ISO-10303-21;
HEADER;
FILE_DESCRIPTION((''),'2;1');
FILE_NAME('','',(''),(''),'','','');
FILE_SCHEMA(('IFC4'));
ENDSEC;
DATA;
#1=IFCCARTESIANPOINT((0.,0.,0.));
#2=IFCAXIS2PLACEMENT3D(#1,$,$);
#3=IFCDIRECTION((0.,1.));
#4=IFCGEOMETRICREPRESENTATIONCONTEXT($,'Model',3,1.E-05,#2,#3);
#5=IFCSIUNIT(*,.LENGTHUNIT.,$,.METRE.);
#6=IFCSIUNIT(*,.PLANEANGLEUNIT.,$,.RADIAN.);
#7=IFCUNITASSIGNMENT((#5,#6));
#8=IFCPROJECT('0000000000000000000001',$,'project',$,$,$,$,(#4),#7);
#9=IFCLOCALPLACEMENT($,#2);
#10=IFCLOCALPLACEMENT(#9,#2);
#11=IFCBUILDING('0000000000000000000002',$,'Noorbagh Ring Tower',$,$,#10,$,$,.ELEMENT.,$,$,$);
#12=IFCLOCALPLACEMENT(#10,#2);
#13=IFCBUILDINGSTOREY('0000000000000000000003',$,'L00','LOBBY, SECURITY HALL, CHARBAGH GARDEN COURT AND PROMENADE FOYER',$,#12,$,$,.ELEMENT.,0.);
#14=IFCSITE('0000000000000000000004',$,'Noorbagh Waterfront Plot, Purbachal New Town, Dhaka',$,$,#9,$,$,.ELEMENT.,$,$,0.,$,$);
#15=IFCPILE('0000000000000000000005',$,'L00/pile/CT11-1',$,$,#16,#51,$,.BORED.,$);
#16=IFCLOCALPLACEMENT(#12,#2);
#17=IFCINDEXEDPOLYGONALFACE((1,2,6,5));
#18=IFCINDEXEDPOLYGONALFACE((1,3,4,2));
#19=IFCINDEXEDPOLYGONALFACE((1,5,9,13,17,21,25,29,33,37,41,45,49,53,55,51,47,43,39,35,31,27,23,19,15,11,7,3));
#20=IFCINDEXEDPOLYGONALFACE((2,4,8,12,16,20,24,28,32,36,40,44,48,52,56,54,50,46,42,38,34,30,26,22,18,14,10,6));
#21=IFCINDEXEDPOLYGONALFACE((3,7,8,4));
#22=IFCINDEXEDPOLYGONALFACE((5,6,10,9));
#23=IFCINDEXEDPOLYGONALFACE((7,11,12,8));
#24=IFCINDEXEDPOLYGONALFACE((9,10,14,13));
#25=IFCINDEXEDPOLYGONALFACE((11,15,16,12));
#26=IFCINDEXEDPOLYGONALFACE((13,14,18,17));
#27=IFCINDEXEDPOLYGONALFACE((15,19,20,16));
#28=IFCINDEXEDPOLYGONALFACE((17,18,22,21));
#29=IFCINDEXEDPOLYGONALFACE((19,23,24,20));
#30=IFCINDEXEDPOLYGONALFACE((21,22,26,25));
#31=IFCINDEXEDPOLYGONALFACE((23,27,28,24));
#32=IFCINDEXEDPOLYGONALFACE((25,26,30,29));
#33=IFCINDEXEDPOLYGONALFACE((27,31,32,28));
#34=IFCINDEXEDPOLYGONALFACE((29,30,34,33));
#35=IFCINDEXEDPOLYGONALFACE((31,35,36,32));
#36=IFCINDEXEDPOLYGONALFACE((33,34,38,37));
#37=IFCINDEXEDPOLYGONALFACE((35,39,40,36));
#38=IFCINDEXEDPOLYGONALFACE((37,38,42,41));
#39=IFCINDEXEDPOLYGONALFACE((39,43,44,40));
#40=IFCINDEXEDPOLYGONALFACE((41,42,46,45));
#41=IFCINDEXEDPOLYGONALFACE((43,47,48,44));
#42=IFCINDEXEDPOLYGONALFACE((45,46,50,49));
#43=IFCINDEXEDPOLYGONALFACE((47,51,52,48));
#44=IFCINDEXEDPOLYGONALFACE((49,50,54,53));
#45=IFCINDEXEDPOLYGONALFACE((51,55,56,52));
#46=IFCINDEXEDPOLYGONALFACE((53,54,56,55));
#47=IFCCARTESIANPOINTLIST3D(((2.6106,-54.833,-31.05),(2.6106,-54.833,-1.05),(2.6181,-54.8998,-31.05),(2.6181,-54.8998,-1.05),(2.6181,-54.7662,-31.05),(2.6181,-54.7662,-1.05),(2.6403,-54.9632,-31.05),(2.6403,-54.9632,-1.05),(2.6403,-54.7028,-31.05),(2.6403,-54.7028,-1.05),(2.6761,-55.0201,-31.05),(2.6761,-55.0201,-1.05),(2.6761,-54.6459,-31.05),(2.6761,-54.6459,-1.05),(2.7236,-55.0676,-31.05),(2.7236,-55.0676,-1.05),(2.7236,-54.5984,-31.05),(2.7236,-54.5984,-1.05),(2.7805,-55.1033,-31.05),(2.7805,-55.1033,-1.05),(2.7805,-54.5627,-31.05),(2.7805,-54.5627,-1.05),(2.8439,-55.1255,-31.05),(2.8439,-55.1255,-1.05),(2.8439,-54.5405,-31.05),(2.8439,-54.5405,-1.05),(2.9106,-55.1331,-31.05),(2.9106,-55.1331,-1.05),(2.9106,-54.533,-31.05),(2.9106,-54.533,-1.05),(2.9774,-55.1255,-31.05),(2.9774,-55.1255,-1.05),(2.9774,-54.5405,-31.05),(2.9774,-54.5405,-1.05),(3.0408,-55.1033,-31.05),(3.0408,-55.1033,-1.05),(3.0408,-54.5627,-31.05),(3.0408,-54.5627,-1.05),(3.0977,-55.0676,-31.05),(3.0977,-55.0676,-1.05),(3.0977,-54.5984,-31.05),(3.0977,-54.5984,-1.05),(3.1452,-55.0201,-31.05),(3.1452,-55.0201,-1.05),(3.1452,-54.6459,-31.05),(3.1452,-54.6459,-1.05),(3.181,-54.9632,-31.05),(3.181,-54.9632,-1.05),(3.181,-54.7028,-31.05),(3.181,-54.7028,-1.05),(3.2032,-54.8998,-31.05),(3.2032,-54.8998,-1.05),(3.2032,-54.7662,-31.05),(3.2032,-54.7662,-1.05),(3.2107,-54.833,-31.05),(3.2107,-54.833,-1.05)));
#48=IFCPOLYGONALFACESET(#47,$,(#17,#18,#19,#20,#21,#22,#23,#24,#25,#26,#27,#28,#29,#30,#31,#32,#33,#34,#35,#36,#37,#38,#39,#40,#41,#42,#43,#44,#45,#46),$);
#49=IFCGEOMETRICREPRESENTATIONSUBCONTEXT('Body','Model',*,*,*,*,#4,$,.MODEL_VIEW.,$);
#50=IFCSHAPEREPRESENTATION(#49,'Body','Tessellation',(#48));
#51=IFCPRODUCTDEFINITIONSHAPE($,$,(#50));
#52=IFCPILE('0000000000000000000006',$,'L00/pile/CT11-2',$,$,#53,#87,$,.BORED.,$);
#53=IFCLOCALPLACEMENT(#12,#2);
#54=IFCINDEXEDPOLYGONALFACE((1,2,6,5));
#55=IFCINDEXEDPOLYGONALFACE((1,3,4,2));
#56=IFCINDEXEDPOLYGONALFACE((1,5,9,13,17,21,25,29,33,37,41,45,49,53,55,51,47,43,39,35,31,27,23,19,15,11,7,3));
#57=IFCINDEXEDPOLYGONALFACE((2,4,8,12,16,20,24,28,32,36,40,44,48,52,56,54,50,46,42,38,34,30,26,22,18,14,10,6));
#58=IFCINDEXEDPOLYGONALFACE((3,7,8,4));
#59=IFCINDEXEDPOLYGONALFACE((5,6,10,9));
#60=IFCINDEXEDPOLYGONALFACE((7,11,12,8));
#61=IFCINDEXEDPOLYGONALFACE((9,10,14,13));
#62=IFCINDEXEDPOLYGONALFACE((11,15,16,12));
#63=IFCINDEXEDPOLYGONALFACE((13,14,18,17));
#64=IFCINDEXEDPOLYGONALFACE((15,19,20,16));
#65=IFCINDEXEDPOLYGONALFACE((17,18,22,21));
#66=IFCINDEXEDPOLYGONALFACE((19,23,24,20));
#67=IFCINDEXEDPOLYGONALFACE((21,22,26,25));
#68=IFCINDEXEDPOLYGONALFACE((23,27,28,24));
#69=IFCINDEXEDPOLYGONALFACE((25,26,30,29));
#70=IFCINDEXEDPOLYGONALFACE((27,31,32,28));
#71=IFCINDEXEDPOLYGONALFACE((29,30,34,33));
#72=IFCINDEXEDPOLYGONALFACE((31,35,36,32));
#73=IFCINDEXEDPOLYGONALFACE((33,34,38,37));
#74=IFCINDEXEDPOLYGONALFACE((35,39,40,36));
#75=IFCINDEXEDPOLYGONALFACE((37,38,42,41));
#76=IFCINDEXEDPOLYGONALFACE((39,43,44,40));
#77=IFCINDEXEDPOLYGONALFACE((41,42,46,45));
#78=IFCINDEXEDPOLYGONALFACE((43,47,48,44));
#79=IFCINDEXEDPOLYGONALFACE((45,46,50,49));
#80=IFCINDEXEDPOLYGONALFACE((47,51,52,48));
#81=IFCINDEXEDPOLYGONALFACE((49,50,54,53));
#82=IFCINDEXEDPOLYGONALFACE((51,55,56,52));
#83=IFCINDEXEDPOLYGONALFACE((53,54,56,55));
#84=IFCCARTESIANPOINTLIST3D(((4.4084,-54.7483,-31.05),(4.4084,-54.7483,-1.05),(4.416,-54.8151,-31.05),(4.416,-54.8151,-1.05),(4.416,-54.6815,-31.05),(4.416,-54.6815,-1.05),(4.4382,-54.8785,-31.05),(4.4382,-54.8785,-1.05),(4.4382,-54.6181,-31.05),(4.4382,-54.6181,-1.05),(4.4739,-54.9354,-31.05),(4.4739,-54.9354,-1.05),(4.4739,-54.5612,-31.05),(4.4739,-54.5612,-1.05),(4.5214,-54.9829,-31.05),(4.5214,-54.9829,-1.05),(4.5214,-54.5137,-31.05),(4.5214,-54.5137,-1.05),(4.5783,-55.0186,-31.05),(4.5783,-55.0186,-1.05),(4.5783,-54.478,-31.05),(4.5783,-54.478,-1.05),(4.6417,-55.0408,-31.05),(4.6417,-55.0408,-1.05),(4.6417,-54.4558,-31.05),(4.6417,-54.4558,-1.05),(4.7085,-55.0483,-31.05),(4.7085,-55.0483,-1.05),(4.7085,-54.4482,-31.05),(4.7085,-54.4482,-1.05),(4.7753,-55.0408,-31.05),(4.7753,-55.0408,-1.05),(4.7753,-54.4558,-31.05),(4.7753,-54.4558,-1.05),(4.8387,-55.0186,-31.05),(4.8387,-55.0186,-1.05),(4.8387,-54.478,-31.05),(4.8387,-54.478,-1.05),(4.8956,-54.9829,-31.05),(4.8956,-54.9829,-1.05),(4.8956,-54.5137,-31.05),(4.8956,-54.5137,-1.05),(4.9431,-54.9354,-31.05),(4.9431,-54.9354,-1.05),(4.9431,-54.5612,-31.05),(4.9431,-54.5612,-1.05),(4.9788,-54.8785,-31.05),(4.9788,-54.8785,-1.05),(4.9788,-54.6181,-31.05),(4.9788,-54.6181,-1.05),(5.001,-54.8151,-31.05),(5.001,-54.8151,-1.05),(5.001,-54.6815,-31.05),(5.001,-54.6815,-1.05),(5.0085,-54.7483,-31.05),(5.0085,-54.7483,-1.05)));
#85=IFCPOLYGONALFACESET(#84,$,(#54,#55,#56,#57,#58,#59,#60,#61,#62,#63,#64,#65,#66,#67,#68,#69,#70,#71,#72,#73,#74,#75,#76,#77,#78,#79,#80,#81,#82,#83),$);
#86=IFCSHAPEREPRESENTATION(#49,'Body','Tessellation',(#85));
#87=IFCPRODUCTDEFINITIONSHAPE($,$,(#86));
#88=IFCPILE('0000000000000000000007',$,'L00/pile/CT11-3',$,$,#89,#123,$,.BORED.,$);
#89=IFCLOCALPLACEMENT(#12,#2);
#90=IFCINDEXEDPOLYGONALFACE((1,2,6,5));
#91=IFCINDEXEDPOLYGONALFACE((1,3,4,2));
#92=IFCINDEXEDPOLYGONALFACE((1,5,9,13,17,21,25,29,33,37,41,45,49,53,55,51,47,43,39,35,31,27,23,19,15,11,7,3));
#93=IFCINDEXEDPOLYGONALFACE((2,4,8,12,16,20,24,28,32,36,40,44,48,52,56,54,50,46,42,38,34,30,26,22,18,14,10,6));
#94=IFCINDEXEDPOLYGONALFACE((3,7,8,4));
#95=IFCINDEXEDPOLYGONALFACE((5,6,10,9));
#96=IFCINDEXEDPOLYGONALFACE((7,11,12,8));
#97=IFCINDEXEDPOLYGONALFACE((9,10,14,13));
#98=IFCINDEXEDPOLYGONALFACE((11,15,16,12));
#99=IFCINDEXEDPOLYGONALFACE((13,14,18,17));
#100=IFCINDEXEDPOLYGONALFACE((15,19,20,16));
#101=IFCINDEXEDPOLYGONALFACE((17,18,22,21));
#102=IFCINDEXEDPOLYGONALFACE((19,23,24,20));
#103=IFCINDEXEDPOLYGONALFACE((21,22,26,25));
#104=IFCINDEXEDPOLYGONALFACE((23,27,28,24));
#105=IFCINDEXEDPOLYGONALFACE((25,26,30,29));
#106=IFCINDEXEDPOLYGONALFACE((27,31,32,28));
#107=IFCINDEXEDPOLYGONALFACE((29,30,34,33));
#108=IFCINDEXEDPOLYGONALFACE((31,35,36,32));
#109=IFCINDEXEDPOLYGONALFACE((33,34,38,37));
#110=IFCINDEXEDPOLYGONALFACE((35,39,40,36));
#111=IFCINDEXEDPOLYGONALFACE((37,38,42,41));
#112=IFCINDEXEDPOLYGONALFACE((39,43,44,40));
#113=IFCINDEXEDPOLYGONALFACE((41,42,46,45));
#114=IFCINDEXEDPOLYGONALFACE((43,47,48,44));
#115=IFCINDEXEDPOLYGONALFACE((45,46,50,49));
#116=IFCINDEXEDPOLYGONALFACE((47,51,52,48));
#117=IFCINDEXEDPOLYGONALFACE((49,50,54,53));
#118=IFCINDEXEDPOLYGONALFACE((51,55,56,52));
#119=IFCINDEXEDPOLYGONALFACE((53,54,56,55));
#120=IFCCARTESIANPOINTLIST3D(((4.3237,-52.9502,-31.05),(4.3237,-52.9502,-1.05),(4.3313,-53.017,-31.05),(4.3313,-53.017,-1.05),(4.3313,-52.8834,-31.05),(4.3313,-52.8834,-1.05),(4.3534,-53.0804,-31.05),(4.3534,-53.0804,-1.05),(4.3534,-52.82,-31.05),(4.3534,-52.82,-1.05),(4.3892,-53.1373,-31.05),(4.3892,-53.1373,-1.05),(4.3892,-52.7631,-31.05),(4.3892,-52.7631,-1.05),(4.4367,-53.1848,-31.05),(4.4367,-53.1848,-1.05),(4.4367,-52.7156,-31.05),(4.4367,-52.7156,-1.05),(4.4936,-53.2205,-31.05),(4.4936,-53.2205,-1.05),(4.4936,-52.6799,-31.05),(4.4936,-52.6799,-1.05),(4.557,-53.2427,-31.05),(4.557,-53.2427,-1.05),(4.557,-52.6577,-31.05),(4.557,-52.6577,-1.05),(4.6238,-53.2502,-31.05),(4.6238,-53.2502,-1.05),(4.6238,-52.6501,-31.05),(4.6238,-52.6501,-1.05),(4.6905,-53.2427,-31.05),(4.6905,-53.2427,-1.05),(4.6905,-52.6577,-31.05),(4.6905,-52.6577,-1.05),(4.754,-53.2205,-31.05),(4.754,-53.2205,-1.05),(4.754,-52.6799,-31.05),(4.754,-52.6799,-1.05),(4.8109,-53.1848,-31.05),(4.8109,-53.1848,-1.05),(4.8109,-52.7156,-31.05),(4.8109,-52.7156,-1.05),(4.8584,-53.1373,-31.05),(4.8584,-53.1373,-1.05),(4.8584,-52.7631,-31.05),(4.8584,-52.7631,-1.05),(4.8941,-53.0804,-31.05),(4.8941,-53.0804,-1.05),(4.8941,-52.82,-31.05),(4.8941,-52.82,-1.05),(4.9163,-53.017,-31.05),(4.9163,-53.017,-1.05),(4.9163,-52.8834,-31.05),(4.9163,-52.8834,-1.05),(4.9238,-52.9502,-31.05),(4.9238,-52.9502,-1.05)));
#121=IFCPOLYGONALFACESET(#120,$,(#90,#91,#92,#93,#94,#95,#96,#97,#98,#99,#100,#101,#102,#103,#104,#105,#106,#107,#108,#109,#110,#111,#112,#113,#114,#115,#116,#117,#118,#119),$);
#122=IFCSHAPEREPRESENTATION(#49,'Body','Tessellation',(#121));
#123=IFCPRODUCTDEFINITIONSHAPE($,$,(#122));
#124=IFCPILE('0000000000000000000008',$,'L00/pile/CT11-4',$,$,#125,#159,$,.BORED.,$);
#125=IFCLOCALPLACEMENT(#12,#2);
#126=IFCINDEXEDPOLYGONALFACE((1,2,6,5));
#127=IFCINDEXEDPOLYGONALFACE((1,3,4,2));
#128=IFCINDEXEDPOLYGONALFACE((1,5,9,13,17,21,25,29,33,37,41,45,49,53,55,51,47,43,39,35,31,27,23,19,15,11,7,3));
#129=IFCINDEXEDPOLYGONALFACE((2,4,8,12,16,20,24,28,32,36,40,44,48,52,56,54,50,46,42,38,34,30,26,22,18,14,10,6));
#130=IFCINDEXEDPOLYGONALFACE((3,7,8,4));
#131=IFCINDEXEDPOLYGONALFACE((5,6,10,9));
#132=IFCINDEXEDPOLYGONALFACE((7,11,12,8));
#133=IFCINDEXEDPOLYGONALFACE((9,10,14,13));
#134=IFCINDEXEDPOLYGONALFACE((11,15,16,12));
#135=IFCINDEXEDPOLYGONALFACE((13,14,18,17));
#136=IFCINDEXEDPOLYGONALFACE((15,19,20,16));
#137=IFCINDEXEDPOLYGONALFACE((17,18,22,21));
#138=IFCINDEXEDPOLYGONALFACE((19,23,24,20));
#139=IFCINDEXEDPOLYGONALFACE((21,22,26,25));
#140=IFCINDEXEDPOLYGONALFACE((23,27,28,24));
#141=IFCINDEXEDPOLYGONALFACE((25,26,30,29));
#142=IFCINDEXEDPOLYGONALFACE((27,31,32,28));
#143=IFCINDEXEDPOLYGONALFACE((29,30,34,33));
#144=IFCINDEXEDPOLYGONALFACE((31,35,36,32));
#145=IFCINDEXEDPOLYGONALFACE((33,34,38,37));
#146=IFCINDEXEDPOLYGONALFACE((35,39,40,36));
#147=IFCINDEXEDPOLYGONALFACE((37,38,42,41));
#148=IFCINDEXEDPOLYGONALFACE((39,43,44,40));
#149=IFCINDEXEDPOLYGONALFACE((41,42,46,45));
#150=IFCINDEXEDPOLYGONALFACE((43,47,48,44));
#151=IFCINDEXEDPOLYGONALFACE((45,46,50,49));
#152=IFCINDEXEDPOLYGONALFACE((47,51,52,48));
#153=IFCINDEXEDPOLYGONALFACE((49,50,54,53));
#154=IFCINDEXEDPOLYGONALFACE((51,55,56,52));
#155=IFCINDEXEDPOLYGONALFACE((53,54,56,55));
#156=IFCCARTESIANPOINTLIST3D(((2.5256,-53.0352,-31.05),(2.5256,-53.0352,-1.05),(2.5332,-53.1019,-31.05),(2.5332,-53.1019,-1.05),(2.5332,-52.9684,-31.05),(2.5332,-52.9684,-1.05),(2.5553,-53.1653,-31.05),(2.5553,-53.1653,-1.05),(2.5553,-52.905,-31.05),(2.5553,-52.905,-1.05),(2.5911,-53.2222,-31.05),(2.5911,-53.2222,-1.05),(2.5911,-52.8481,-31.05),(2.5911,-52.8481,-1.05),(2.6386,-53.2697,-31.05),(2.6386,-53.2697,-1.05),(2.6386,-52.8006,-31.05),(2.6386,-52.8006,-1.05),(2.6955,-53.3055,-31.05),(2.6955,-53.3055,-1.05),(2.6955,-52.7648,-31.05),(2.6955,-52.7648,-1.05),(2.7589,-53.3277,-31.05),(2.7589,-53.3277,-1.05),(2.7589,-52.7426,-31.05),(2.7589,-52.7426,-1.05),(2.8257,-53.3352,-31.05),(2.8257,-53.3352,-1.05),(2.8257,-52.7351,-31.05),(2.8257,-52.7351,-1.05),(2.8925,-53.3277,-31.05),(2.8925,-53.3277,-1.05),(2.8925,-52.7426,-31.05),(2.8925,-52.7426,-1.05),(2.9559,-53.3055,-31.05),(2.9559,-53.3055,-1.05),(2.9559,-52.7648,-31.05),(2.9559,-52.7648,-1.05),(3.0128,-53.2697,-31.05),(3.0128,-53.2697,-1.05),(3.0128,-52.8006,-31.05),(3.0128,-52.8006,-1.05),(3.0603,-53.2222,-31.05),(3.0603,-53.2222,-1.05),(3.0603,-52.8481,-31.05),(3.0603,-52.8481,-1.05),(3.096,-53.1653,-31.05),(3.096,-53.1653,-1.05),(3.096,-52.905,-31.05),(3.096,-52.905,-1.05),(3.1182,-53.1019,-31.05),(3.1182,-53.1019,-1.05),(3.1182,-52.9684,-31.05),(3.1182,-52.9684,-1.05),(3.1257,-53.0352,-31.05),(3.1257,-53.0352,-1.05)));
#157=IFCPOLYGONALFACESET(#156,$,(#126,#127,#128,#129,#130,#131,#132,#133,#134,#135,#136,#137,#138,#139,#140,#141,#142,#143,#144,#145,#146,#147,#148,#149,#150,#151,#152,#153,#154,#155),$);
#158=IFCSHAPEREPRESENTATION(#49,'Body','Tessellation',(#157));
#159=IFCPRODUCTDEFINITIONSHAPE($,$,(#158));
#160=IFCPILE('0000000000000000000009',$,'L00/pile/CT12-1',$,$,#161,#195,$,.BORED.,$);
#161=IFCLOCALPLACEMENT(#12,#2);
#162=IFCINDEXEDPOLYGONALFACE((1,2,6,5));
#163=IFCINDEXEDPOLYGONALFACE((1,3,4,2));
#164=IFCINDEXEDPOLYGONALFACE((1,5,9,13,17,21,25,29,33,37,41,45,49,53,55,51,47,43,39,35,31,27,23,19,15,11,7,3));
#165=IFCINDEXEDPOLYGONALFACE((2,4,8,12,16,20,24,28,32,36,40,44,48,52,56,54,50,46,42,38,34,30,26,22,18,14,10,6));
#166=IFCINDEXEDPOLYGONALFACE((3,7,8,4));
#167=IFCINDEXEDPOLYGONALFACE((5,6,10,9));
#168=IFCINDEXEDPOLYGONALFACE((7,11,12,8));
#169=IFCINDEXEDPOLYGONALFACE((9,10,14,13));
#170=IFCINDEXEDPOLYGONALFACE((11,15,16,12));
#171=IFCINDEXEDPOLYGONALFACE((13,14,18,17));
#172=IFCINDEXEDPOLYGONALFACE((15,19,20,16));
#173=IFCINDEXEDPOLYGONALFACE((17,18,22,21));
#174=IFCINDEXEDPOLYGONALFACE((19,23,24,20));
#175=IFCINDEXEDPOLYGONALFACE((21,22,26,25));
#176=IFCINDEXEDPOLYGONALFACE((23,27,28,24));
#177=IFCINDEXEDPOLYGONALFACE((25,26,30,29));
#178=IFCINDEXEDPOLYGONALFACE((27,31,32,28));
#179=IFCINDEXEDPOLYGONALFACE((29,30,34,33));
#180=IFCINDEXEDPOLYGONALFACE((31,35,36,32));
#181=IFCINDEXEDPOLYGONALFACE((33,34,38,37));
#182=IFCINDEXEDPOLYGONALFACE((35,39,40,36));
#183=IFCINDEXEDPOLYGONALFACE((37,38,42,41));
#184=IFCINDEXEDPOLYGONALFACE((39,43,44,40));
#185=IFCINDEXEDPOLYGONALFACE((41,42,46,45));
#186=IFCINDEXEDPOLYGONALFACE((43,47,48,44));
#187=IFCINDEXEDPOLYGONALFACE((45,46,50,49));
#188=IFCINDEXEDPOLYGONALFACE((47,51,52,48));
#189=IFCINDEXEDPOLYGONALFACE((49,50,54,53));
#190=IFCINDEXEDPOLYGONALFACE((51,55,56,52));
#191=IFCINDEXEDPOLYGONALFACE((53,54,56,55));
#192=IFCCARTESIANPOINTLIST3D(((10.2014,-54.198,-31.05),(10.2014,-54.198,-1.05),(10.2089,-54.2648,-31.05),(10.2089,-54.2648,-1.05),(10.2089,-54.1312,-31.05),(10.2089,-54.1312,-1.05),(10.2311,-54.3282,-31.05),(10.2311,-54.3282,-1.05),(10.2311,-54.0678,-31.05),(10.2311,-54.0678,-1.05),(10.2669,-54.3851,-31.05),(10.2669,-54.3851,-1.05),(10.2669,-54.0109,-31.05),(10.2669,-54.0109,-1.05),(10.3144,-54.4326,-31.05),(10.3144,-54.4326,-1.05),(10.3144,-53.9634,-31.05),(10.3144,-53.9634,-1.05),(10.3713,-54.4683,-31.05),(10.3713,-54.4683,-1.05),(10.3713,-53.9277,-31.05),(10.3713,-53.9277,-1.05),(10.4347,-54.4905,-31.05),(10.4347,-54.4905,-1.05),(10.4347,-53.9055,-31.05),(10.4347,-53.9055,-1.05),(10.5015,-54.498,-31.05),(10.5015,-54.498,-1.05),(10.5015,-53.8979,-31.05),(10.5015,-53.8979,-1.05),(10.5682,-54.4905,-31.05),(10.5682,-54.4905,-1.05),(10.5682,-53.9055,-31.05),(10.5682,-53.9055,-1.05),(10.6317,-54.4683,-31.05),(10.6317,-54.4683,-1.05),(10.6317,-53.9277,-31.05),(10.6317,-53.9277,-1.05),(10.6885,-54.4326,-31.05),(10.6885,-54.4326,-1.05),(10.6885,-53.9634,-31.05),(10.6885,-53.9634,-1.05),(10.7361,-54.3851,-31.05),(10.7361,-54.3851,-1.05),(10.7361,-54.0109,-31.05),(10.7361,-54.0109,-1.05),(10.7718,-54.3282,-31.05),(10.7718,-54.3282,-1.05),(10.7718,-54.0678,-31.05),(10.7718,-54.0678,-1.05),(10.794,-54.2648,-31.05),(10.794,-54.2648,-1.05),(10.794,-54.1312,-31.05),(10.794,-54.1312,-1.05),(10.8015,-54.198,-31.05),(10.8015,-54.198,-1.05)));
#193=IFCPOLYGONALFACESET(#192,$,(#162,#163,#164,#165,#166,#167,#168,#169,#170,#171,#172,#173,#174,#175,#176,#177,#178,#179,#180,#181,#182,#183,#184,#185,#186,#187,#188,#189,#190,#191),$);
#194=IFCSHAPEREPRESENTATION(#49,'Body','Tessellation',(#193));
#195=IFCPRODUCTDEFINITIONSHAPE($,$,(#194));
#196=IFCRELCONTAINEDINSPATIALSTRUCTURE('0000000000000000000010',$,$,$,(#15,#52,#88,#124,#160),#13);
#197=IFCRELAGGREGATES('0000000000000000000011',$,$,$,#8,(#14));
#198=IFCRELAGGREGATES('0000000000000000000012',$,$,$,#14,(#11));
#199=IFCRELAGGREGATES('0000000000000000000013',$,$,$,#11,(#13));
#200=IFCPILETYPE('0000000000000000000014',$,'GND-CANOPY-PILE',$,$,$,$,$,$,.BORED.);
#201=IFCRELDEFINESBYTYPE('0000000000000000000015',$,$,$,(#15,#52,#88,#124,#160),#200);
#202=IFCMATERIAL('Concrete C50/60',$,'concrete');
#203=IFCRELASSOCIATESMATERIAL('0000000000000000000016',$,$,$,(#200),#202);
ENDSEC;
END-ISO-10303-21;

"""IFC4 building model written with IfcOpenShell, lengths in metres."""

from ifc_helpers import new_model, si_unit, direction, frame, origin, origin_2d, place, context, subcontext, project, spatial, circle, extrude, material, material_profile, profile_set, type_object, element, save


model = new_model("IFC4")

# Units and contexts
model_context = context("Model", 3, precision=1e-05, world=origin(), true_north=direction((0.0, 1.0)))
body_context = subcontext(model_context, "Body", "Model", "MODEL_VIEW")
ifc_project = project(units=[si_unit("LENGTHUNIT", "METRE"), si_unit("PLANEANGLEUNIT", "RADIAN")], contexts=[model_context])

# Site, building, storey
site_placement = place(None, origin())
site = spatial("IfcSite", under=ifc_project, at=site_placement, Name="Noorbagh Waterfront Plot, Purbachal New Town, Dhaka", CompositionType="ELEMENT", RefElevation=0.0)
building_placement = place(site_placement, origin())
building = spatial("IfcBuilding", under=site, at=building_placement, Name="Noorbagh Ring Tower", CompositionType="ELEMENT")
storey_placement = place(building_placement, origin())
storey = spatial("IfcBuildingStorey", under=building, at=storey_placement, Name="L00", Description="LOBBY, SECURITY HALL, CHARBAGH GARDEN COURT AND PROMENADE FOYER", CompositionType="ELEMENT", Elevation=0.0)

# Piles
ifc_material_1 = material(Name="Concrete C50/60", Category="concrete")
ifc_material_profile_1 = material_profile(ifc_material_1, circle(Radius=0.3, at=origin_2d()), Name="PILE600")
ifc_profile_set_1 = profile_set([ifc_material_profile_1], Name="Concrete C50/60")
pile_type = type_object("IfcPileType", Name="GND-CANOPY-PILE", PredefinedType="BORED", material=ifc_profile_set_1)
for number, where, z_axis, x_axis, name in (
    (1, (2.9106, -54.833, -1.05), (0.0, 0.0, -1.0), (1.0, 0.0, 0.0), "L00/pile/CT11-1"),
    (2, (4.7085, -54.7483, -1.05), (0.0, 0.0, -1.0), (1.0, 0.0, 0.0), "L00/pile/CT11-2"),
    (3, (4.6238, -52.9502, -1.05), (0.0, 0.0, -1.0), (1.0, 0.0, 0.0), "L00/pile/CT11-3"),
    (4, (2.8257, -53.0352, -1.05), (0.0, 0.0, -1.0), (1.0, 0.0, 0.0), "L00/pile/CT11-4"),
    (5, (10.5015, -54.198, -1.05), (0.0, 0.0, -1.0), (1.0, 0.0, 0.0), "L00/pile/CT12-1"),
):
    element("IfcPile", number, at=place(storey_placement, frame(where, z_axis=z_axis, x_axis=x_axis)), inside=storey, type_object=pile_type, Name=name, PredefinedType="BORED", context=body_context, shape_type="SweptSolid", body=[
        extrude(circle(Radius=0.3, at=origin_2d()), origin(), (0.0, 0.0, 1.0), 30.0),
    ])

save(model, "model.ifc")
